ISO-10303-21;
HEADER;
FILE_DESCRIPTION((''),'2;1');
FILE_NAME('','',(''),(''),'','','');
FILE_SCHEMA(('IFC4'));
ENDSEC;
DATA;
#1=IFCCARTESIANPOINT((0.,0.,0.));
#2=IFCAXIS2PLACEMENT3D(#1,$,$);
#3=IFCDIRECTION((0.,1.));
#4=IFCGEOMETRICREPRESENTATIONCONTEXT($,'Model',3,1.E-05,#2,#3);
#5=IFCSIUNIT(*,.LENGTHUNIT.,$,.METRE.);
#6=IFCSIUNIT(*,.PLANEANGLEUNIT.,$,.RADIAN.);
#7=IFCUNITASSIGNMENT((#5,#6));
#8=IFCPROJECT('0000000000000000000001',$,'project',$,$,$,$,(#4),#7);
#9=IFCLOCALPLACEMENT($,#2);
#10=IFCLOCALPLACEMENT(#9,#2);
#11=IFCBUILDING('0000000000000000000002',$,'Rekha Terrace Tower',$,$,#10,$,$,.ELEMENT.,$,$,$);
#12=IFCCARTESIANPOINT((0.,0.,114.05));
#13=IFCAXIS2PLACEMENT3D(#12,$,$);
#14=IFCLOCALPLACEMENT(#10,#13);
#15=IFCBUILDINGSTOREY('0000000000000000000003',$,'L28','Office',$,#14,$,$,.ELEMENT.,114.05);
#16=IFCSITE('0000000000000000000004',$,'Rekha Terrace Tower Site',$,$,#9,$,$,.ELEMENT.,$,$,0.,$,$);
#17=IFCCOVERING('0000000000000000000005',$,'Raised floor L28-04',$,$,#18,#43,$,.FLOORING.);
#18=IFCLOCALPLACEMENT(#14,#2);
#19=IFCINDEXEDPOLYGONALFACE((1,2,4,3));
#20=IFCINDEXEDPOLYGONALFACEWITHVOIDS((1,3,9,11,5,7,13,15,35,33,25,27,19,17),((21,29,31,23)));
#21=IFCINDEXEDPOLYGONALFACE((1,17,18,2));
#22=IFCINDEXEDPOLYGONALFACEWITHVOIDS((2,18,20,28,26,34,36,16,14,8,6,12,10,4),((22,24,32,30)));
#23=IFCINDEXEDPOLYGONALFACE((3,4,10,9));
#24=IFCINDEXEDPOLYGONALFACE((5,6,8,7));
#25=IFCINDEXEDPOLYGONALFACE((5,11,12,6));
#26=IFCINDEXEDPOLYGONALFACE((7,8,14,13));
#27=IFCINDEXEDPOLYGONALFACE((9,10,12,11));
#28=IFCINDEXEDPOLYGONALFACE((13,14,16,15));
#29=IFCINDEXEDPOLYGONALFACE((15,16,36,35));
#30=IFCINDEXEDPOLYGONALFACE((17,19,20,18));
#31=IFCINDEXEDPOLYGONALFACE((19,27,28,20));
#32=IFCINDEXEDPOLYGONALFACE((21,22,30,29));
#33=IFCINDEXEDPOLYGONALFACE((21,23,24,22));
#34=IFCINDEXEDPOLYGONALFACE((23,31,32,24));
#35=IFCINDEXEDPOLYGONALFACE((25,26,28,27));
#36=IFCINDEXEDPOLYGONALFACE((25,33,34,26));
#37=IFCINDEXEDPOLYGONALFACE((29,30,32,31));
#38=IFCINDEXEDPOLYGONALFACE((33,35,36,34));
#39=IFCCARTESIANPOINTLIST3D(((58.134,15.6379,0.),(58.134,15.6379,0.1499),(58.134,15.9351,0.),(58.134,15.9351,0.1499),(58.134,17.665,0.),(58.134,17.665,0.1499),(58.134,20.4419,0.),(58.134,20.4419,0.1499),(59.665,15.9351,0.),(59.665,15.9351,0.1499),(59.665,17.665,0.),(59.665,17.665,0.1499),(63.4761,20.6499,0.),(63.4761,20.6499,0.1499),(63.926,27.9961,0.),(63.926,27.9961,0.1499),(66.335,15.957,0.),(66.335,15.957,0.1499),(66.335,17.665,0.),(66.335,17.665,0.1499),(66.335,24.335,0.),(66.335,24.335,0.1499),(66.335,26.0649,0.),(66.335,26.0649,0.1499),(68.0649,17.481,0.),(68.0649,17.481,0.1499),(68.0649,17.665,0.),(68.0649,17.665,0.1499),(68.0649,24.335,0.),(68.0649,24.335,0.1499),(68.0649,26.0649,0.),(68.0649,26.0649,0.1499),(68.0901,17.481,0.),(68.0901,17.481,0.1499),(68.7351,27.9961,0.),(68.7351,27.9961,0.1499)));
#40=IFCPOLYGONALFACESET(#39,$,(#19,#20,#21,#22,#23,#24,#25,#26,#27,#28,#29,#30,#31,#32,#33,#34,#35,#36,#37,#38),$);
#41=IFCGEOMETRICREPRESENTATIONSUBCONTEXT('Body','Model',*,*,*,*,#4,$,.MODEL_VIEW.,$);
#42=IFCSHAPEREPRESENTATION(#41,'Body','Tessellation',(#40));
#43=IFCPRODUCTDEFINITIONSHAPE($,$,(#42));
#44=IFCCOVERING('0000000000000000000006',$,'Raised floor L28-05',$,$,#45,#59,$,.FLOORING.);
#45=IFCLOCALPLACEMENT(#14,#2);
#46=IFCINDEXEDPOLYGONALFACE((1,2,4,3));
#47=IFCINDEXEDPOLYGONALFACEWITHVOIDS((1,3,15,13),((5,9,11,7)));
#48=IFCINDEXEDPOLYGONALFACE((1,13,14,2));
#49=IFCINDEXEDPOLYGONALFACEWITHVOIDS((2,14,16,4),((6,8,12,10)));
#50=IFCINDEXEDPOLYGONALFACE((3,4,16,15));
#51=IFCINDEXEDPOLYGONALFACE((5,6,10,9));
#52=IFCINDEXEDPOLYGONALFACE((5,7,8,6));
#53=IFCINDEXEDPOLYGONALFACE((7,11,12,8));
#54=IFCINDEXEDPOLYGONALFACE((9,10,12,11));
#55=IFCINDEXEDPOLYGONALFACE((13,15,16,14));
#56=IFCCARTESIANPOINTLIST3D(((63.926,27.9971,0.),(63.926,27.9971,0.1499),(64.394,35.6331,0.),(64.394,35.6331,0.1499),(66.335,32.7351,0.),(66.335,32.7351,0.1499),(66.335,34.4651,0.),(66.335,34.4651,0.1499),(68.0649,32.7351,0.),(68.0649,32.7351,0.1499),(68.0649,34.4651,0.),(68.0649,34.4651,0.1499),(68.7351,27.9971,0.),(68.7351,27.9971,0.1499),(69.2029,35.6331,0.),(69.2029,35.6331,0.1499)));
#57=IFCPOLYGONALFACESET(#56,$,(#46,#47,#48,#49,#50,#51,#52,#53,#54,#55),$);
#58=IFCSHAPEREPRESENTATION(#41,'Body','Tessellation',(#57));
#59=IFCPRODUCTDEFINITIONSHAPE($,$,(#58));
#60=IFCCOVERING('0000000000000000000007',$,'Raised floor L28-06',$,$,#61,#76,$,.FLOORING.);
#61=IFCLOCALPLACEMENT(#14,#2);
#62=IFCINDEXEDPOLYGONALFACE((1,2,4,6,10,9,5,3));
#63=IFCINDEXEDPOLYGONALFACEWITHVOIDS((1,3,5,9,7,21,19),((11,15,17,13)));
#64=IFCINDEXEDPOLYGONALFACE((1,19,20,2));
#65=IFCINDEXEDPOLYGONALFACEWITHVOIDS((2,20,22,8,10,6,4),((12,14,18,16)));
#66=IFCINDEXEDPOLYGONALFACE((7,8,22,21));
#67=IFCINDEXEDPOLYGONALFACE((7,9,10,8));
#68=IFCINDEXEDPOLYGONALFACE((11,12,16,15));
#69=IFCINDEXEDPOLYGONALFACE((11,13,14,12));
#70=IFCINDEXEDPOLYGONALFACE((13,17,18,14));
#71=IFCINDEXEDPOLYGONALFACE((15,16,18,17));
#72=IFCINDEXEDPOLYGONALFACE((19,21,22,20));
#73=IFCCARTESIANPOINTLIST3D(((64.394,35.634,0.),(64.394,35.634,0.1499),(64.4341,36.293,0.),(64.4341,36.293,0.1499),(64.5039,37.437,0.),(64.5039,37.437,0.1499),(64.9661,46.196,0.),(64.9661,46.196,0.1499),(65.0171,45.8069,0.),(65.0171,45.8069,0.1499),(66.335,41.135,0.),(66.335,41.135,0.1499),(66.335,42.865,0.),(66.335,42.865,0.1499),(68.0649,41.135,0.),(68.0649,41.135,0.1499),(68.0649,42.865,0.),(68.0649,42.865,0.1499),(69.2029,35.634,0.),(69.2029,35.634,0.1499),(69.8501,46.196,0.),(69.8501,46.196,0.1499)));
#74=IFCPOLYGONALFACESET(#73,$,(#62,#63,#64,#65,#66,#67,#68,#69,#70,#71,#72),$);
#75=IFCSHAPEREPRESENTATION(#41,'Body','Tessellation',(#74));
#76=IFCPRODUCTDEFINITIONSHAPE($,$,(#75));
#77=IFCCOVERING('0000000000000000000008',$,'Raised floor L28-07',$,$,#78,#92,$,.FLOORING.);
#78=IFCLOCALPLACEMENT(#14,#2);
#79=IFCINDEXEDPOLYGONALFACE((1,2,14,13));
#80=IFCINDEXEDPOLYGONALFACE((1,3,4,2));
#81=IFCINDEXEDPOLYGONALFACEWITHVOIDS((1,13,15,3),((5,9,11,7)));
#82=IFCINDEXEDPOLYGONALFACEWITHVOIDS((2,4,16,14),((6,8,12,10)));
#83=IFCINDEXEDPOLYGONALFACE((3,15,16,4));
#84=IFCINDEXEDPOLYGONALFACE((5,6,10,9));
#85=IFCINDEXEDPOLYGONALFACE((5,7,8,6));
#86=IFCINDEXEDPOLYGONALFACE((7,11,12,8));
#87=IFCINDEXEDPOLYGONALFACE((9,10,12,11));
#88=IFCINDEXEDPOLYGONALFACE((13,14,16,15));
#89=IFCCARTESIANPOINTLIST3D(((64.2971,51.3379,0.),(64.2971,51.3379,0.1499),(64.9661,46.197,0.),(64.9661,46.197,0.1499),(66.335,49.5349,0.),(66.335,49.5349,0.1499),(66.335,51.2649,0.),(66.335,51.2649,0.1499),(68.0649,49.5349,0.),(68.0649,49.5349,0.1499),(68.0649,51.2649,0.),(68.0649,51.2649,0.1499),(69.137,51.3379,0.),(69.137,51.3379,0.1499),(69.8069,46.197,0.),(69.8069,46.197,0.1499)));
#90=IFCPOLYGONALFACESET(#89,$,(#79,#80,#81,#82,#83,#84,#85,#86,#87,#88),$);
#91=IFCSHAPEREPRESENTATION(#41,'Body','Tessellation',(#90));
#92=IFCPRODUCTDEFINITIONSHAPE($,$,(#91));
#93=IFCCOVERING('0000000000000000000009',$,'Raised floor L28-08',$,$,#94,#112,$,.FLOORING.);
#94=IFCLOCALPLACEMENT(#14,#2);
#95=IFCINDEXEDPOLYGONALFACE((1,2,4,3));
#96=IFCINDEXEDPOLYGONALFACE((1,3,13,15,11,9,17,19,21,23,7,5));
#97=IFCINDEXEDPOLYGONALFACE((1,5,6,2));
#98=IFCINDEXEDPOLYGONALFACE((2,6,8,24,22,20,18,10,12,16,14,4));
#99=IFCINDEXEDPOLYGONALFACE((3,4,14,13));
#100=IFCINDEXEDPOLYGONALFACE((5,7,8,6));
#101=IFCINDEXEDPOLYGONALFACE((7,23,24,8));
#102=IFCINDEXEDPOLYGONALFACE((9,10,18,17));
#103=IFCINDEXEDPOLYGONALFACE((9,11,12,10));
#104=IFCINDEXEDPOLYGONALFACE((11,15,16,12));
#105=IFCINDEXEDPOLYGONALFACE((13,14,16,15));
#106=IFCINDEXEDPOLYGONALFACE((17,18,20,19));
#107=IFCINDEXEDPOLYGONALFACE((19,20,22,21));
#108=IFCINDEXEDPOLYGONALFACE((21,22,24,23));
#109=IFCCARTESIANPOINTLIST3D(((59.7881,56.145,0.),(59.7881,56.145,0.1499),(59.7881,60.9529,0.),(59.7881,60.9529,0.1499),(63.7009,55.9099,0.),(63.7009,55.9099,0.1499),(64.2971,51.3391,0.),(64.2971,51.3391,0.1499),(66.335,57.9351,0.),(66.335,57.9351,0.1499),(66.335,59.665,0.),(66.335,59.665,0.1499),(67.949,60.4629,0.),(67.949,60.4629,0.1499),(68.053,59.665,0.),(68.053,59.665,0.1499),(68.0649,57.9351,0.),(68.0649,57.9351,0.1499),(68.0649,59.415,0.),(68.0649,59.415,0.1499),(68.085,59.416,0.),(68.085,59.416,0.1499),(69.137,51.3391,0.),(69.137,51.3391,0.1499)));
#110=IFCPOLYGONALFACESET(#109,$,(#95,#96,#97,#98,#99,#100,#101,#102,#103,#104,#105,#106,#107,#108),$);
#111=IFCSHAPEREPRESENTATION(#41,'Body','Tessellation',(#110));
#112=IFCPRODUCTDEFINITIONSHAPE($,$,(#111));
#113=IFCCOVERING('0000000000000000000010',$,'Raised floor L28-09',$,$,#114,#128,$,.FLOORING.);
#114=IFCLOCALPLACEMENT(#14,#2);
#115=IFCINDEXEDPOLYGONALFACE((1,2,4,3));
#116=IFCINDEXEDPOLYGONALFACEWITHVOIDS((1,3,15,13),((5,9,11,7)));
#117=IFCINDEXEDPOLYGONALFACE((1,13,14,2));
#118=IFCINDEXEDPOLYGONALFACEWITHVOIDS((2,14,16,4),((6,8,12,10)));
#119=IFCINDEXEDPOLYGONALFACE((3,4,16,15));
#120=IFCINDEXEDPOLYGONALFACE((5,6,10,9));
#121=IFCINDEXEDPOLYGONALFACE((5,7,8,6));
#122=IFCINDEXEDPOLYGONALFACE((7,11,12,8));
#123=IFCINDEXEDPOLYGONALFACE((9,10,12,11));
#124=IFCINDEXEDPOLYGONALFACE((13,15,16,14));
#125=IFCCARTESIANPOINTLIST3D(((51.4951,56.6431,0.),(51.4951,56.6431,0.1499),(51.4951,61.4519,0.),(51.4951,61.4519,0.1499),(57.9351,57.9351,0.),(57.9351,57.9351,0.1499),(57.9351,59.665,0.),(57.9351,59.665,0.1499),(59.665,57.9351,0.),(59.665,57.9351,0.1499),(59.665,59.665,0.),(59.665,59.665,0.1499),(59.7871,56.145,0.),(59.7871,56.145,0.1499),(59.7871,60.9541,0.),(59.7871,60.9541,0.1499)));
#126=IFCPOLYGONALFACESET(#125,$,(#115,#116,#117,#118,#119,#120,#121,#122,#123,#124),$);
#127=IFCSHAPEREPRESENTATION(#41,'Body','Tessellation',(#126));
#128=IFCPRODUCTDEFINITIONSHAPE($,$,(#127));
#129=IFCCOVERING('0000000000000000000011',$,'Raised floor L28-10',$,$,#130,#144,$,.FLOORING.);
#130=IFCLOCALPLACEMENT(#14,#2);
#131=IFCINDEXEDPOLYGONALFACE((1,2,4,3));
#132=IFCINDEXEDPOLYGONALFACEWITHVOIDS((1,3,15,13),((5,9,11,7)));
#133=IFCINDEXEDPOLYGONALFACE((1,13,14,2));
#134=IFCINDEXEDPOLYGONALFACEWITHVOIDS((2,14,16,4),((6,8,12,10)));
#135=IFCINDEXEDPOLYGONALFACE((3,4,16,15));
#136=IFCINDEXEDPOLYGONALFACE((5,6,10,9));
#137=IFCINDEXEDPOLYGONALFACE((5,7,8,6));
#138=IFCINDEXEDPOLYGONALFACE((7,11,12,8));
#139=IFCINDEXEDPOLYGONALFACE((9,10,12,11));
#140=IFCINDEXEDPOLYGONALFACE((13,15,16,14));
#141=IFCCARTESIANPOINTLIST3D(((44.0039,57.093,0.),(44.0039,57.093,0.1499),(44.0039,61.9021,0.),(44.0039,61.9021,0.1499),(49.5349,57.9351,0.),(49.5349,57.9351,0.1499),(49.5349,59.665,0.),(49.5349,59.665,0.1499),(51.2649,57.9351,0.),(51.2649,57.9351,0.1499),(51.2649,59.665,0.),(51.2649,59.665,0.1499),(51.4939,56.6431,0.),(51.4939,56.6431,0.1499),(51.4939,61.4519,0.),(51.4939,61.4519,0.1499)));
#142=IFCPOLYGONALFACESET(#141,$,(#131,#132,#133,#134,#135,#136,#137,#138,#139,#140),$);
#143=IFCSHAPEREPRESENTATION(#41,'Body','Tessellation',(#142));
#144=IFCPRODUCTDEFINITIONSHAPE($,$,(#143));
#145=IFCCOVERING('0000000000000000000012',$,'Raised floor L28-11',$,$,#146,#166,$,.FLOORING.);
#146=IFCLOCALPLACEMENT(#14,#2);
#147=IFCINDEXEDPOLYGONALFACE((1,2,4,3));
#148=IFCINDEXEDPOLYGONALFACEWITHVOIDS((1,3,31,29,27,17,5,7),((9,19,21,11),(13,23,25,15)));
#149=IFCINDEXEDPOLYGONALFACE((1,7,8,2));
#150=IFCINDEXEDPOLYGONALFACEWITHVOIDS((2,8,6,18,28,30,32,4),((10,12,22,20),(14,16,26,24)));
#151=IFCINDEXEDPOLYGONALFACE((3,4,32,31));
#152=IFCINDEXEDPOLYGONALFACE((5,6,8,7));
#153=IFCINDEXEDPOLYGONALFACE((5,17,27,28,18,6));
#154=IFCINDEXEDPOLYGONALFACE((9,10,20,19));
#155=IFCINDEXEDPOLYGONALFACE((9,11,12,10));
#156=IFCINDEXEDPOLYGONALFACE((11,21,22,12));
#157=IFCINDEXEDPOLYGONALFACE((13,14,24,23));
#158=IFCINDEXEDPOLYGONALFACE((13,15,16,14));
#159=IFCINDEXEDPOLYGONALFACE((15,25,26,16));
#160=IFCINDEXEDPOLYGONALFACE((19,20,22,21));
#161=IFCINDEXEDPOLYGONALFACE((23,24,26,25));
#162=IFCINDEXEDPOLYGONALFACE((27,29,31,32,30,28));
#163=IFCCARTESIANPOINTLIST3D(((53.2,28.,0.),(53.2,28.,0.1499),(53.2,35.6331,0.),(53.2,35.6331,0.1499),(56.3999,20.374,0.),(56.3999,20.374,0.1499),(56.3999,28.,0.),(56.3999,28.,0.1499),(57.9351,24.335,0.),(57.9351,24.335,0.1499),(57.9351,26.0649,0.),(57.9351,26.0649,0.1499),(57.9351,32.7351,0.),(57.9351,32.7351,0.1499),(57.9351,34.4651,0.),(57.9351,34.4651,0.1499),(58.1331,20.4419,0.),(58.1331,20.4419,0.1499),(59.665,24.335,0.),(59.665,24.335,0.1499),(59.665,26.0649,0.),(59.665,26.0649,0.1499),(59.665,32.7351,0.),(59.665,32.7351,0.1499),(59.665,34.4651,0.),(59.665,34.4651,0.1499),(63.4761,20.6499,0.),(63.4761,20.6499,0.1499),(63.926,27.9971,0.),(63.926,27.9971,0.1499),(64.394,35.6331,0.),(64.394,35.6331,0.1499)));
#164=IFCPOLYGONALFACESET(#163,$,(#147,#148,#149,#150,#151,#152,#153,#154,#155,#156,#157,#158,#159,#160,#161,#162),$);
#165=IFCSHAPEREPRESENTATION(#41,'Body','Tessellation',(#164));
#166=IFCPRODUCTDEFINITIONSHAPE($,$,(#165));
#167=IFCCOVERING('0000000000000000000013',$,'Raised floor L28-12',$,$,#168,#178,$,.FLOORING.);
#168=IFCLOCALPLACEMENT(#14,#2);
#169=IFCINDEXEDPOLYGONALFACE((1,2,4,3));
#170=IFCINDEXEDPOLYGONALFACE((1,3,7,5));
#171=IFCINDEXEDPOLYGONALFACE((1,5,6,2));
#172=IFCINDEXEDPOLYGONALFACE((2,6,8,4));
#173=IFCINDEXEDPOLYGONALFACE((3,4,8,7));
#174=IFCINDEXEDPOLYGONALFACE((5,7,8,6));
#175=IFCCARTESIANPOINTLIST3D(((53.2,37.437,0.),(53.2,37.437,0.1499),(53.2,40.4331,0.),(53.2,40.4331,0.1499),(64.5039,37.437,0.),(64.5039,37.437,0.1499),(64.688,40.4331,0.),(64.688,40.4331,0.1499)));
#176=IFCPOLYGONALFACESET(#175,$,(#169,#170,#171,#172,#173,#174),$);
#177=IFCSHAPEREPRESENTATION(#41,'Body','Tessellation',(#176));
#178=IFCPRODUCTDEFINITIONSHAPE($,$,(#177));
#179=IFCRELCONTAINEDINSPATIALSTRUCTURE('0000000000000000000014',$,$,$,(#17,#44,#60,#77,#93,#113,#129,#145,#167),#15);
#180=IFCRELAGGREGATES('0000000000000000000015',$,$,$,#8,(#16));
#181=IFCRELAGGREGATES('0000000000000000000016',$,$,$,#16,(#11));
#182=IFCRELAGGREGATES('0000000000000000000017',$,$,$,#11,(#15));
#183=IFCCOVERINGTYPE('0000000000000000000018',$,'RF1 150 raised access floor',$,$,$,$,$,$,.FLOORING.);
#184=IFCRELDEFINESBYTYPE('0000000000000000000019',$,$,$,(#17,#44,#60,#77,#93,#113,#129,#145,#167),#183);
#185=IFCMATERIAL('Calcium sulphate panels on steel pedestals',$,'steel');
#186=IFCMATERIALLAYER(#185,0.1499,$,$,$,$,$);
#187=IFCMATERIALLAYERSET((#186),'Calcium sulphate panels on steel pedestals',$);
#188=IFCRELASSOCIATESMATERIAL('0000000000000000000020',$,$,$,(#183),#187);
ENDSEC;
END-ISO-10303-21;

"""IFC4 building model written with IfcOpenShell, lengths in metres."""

from ifc_helpers import new_model, si_unit, direction, frame, origin, place, context, subcontext, project, spatial, polyline, outline, extrude, material, layer, layer_set, type_object, element, save


model = new_model("IFC4")

# Units and contexts
model_context = context("Model", 3, precision=1e-05, world=origin(), true_north=direction((0.0, 1.0)))
body_context = subcontext(model_context, "Body", "Model", "MODEL_VIEW")
ifc_project = project(units=[si_unit("LENGTHUNIT", "METRE"), si_unit("PLANEANGLEUNIT", "RADIAN")], contexts=[model_context])

# Site, building, storey
site_placement = place(None, origin())
site = spatial("IfcSite", under=ifc_project, at=site_placement, Name="Rekha Terrace Tower Site", CompositionType="ELEMENT", RefElevation=0.0)
building_placement = place(site_placement, origin())
building = spatial("IfcBuilding", under=site, at=building_placement, Name="Rekha Terrace Tower", CompositionType="ELEMENT")
storey_placement = place(building_placement, frame((0.0, 0.0, 114.05)))
storey = spatial("IfcBuildingStorey", under=building, at=storey_placement, Name="L28", Description="Office", CompositionType="ELEMENT", Elevation=114.05)

# Coverings
ifc_material_1 = material(Name="Calcium sulphate panels on steel pedestals", Category="steel")
ifc_layer_1 = layer(ifc_material_1, 0.1499)
ifc_layer_set_1 = layer_set([ifc_layer_1], Name="Calcium sulphate panels on steel pedestals")
covering_type_1 = type_object("IfcCoveringType", Name="RF1 150 raised access floor", PredefinedType="FLOORING", material=ifc_layer_set_1)
covering_1_placement = place(storey_placement, origin())
element("IfcCovering", 1, at=covering_1_placement, inside=storey, type_object=covering_type_1, Name="Raised floor L28-04", PredefinedType="FLOORING", context=body_context, shape_type="SweptSolid", body=[
    extrude(outline(polyline([(68.0901, 17.481), (68.7351, 27.9961), (63.926, 27.9961), (63.4761, 20.6499), (58.134, 20.4419), (58.134, 17.665), (59.665, 17.665), (59.665, 15.9351), (58.134, 15.9351), (58.134, 15.6379), (66.335, 15.957), (66.335, 17.665), (68.0649, 17.665), (68.0649, 17.481), (68.0901, 17.481)]), holes=[polyline([(68.0649, 24.335), (66.335, 24.335), (66.335, 26.0649), (68.0649, 26.0649), (68.0649, 24.335)])]), origin(), (0.0, 0.0, 1.0), 0.1499),
])
covering_2_placement = place(storey_placement, origin())
element("IfcCovering", 2, at=covering_2_placement, inside=storey, type_object=covering_type_1, Name="Raised floor L28-05", PredefinedType="FLOORING", context=body_context, shape_type="SweptSolid", body=[
    extrude(outline(polyline([(63.926, 27.9971), (68.7351, 27.9971), (69.2029, 35.6331), (64.394, 35.6331), (63.926, 27.9971)]), holes=[polyline([(68.0649, 34.4651), (68.0649, 32.7351), (66.335, 32.7351), (66.335, 34.4651), (68.0649, 34.4651)])]), origin(), (0.0, 0.0, 1.0), 0.1499),
])
covering_3_placement = place(storey_placement, origin())
element("IfcCovering", 3, at=covering_3_placement, inside=storey, type_object=covering_type_1, Name="Raised floor L28-06", PredefinedType="FLOORING", context=body_context, shape_type="SweptSolid", body=[
    extrude(outline(polyline([(65.0171, 45.8069), (64.5039, 37.437), (64.4341, 36.293), (64.394, 35.634), (69.2029, 35.634), (69.8501, 46.196), (64.9661, 46.196), (65.0171, 45.8069)]), holes=[polyline([(68.0649, 41.135), (66.335, 41.135), (66.335, 42.865), (68.0649, 42.865), (68.0649, 41.135)])]), origin(), (0.0, 0.0, 1.0), 0.1499),
])
covering_4_placement = place(storey_placement, origin())
element("IfcCovering", 4, at=covering_4_placement, inside=storey, type_object=covering_type_1, Name="Raised floor L28-07", PredefinedType="FLOORING", context=body_context, shape_type="SweptSolid", body=[
    extrude(outline(polyline([(64.9661, 46.197), (69.8069, 46.197), (69.137, 51.3379), (64.2971, 51.3379), (64.9661, 46.197)]), holes=[polyline([(68.0649, 49.5349), (66.335, 49.5349), (66.335, 51.2649), (68.0649, 51.2649), (68.0649, 49.5349)])]), origin(), (0.0, 0.0, 1.0), 0.1499),
])
covering_5_placement = place(storey_placement, origin())
element("IfcCovering", 5, at=covering_5_placement, inside=storey, type_object=covering_type_1, Name="Raised floor L28-08", PredefinedType="FLOORING", context=body_context, shape_type="SweptSolid", body=[
    extrude(outline(polyline([(67.949, 60.4629), (59.7881, 60.9529), (59.7881, 56.145), (63.7009, 55.9099), (64.2971, 51.3391), (69.137, 51.3391), (68.085, 59.416), (68.0649, 59.415), (68.0649, 57.9351), (66.335, 57.9351), (66.335, 59.665), (68.053, 59.665), (67.949, 60.4629)])), origin(), (0.0, 0.0, 1.0), 0.1499),
])
covering_6_placement = place(storey_placement, origin())
element("IfcCovering", 6, at=covering_6_placement, inside=storey, type_object=covering_type_1, Name="Raised floor L28-09", PredefinedType="FLOORING", context=body_context, shape_type="SweptSolid", body=[
    extrude(outline(polyline([(59.7871, 56.145), (59.7871, 60.9541), (51.4951, 61.4519), (51.4951, 56.6431), (59.7871, 56.145)]), holes=[polyline([(59.665, 57.9351), (57.9351, 57.9351), (57.9351, 59.665), (59.665, 59.665), (59.665, 57.9351)])]), origin(), (0.0, 0.0, 1.0), 0.1499),
])
covering_7_placement = place(storey_placement, origin())
element("IfcCovering", 7, at=covering_7_placement, inside=storey, type_object=covering_type_1, Name="Raised floor L28-10", PredefinedType="FLOORING", context=body_context, shape_type="SweptSolid", body=[
    extrude(outline(polyline([(51.4939, 56.6431), (51.4939, 61.4519), (44.0039, 61.9021), (44.0039, 57.093), (51.4939, 56.6431)]), holes=[polyline([(51.2649, 57.9351), (49.5349, 57.9351), (49.5349, 59.665), (51.2649, 59.665), (51.2649, 57.9351)])]), origin(), (0.0, 0.0, 1.0), 0.1499),
])
covering_8_placement = place(storey_placement, origin())
element("IfcCovering", 8, at=covering_8_placement, inside=storey, type_object=covering_type_1, Name="Raised floor L28-11", PredefinedType="FLOORING", context=body_context, shape_type="SweptSolid", body=[
    extrude(outline(polyline([(56.3999, 20.374), (58.1331, 20.4419), (63.4761, 20.6499), (63.926, 27.9971), (64.394, 35.6331), (53.2, 35.6331), (53.2, 28.0), (56.3999, 28.0), (56.3999, 20.374)]), holes=[polyline([(59.665, 26.0649), (59.665, 24.335), (57.9351, 24.335), (57.9351, 26.0649), (59.665, 26.0649)]), polyline([(59.665, 32.7351), (57.9351, 32.7351), (57.9351, 34.4651), (59.665, 34.4651), (59.665, 32.7351)])]), origin(), (0.0, 0.0, 1.0), 0.1499),
])
covering_9_placement = place(storey_placement, origin())
element("IfcCovering", 9, at=covering_9_placement, inside=storey, type_object=covering_type_1, Name="Raised floor L28-12", PredefinedType="FLOORING", context=body_context, shape_type="SweptSolid", body=[
    extrude(outline(polyline([(64.688, 40.4331), (53.2, 40.4331), (53.2, 37.437), (64.5039, 37.437), (64.688, 40.4331)])), origin(), (0.0, 0.0, 1.0), 0.1499),
])

save(model, "model.ifc")
